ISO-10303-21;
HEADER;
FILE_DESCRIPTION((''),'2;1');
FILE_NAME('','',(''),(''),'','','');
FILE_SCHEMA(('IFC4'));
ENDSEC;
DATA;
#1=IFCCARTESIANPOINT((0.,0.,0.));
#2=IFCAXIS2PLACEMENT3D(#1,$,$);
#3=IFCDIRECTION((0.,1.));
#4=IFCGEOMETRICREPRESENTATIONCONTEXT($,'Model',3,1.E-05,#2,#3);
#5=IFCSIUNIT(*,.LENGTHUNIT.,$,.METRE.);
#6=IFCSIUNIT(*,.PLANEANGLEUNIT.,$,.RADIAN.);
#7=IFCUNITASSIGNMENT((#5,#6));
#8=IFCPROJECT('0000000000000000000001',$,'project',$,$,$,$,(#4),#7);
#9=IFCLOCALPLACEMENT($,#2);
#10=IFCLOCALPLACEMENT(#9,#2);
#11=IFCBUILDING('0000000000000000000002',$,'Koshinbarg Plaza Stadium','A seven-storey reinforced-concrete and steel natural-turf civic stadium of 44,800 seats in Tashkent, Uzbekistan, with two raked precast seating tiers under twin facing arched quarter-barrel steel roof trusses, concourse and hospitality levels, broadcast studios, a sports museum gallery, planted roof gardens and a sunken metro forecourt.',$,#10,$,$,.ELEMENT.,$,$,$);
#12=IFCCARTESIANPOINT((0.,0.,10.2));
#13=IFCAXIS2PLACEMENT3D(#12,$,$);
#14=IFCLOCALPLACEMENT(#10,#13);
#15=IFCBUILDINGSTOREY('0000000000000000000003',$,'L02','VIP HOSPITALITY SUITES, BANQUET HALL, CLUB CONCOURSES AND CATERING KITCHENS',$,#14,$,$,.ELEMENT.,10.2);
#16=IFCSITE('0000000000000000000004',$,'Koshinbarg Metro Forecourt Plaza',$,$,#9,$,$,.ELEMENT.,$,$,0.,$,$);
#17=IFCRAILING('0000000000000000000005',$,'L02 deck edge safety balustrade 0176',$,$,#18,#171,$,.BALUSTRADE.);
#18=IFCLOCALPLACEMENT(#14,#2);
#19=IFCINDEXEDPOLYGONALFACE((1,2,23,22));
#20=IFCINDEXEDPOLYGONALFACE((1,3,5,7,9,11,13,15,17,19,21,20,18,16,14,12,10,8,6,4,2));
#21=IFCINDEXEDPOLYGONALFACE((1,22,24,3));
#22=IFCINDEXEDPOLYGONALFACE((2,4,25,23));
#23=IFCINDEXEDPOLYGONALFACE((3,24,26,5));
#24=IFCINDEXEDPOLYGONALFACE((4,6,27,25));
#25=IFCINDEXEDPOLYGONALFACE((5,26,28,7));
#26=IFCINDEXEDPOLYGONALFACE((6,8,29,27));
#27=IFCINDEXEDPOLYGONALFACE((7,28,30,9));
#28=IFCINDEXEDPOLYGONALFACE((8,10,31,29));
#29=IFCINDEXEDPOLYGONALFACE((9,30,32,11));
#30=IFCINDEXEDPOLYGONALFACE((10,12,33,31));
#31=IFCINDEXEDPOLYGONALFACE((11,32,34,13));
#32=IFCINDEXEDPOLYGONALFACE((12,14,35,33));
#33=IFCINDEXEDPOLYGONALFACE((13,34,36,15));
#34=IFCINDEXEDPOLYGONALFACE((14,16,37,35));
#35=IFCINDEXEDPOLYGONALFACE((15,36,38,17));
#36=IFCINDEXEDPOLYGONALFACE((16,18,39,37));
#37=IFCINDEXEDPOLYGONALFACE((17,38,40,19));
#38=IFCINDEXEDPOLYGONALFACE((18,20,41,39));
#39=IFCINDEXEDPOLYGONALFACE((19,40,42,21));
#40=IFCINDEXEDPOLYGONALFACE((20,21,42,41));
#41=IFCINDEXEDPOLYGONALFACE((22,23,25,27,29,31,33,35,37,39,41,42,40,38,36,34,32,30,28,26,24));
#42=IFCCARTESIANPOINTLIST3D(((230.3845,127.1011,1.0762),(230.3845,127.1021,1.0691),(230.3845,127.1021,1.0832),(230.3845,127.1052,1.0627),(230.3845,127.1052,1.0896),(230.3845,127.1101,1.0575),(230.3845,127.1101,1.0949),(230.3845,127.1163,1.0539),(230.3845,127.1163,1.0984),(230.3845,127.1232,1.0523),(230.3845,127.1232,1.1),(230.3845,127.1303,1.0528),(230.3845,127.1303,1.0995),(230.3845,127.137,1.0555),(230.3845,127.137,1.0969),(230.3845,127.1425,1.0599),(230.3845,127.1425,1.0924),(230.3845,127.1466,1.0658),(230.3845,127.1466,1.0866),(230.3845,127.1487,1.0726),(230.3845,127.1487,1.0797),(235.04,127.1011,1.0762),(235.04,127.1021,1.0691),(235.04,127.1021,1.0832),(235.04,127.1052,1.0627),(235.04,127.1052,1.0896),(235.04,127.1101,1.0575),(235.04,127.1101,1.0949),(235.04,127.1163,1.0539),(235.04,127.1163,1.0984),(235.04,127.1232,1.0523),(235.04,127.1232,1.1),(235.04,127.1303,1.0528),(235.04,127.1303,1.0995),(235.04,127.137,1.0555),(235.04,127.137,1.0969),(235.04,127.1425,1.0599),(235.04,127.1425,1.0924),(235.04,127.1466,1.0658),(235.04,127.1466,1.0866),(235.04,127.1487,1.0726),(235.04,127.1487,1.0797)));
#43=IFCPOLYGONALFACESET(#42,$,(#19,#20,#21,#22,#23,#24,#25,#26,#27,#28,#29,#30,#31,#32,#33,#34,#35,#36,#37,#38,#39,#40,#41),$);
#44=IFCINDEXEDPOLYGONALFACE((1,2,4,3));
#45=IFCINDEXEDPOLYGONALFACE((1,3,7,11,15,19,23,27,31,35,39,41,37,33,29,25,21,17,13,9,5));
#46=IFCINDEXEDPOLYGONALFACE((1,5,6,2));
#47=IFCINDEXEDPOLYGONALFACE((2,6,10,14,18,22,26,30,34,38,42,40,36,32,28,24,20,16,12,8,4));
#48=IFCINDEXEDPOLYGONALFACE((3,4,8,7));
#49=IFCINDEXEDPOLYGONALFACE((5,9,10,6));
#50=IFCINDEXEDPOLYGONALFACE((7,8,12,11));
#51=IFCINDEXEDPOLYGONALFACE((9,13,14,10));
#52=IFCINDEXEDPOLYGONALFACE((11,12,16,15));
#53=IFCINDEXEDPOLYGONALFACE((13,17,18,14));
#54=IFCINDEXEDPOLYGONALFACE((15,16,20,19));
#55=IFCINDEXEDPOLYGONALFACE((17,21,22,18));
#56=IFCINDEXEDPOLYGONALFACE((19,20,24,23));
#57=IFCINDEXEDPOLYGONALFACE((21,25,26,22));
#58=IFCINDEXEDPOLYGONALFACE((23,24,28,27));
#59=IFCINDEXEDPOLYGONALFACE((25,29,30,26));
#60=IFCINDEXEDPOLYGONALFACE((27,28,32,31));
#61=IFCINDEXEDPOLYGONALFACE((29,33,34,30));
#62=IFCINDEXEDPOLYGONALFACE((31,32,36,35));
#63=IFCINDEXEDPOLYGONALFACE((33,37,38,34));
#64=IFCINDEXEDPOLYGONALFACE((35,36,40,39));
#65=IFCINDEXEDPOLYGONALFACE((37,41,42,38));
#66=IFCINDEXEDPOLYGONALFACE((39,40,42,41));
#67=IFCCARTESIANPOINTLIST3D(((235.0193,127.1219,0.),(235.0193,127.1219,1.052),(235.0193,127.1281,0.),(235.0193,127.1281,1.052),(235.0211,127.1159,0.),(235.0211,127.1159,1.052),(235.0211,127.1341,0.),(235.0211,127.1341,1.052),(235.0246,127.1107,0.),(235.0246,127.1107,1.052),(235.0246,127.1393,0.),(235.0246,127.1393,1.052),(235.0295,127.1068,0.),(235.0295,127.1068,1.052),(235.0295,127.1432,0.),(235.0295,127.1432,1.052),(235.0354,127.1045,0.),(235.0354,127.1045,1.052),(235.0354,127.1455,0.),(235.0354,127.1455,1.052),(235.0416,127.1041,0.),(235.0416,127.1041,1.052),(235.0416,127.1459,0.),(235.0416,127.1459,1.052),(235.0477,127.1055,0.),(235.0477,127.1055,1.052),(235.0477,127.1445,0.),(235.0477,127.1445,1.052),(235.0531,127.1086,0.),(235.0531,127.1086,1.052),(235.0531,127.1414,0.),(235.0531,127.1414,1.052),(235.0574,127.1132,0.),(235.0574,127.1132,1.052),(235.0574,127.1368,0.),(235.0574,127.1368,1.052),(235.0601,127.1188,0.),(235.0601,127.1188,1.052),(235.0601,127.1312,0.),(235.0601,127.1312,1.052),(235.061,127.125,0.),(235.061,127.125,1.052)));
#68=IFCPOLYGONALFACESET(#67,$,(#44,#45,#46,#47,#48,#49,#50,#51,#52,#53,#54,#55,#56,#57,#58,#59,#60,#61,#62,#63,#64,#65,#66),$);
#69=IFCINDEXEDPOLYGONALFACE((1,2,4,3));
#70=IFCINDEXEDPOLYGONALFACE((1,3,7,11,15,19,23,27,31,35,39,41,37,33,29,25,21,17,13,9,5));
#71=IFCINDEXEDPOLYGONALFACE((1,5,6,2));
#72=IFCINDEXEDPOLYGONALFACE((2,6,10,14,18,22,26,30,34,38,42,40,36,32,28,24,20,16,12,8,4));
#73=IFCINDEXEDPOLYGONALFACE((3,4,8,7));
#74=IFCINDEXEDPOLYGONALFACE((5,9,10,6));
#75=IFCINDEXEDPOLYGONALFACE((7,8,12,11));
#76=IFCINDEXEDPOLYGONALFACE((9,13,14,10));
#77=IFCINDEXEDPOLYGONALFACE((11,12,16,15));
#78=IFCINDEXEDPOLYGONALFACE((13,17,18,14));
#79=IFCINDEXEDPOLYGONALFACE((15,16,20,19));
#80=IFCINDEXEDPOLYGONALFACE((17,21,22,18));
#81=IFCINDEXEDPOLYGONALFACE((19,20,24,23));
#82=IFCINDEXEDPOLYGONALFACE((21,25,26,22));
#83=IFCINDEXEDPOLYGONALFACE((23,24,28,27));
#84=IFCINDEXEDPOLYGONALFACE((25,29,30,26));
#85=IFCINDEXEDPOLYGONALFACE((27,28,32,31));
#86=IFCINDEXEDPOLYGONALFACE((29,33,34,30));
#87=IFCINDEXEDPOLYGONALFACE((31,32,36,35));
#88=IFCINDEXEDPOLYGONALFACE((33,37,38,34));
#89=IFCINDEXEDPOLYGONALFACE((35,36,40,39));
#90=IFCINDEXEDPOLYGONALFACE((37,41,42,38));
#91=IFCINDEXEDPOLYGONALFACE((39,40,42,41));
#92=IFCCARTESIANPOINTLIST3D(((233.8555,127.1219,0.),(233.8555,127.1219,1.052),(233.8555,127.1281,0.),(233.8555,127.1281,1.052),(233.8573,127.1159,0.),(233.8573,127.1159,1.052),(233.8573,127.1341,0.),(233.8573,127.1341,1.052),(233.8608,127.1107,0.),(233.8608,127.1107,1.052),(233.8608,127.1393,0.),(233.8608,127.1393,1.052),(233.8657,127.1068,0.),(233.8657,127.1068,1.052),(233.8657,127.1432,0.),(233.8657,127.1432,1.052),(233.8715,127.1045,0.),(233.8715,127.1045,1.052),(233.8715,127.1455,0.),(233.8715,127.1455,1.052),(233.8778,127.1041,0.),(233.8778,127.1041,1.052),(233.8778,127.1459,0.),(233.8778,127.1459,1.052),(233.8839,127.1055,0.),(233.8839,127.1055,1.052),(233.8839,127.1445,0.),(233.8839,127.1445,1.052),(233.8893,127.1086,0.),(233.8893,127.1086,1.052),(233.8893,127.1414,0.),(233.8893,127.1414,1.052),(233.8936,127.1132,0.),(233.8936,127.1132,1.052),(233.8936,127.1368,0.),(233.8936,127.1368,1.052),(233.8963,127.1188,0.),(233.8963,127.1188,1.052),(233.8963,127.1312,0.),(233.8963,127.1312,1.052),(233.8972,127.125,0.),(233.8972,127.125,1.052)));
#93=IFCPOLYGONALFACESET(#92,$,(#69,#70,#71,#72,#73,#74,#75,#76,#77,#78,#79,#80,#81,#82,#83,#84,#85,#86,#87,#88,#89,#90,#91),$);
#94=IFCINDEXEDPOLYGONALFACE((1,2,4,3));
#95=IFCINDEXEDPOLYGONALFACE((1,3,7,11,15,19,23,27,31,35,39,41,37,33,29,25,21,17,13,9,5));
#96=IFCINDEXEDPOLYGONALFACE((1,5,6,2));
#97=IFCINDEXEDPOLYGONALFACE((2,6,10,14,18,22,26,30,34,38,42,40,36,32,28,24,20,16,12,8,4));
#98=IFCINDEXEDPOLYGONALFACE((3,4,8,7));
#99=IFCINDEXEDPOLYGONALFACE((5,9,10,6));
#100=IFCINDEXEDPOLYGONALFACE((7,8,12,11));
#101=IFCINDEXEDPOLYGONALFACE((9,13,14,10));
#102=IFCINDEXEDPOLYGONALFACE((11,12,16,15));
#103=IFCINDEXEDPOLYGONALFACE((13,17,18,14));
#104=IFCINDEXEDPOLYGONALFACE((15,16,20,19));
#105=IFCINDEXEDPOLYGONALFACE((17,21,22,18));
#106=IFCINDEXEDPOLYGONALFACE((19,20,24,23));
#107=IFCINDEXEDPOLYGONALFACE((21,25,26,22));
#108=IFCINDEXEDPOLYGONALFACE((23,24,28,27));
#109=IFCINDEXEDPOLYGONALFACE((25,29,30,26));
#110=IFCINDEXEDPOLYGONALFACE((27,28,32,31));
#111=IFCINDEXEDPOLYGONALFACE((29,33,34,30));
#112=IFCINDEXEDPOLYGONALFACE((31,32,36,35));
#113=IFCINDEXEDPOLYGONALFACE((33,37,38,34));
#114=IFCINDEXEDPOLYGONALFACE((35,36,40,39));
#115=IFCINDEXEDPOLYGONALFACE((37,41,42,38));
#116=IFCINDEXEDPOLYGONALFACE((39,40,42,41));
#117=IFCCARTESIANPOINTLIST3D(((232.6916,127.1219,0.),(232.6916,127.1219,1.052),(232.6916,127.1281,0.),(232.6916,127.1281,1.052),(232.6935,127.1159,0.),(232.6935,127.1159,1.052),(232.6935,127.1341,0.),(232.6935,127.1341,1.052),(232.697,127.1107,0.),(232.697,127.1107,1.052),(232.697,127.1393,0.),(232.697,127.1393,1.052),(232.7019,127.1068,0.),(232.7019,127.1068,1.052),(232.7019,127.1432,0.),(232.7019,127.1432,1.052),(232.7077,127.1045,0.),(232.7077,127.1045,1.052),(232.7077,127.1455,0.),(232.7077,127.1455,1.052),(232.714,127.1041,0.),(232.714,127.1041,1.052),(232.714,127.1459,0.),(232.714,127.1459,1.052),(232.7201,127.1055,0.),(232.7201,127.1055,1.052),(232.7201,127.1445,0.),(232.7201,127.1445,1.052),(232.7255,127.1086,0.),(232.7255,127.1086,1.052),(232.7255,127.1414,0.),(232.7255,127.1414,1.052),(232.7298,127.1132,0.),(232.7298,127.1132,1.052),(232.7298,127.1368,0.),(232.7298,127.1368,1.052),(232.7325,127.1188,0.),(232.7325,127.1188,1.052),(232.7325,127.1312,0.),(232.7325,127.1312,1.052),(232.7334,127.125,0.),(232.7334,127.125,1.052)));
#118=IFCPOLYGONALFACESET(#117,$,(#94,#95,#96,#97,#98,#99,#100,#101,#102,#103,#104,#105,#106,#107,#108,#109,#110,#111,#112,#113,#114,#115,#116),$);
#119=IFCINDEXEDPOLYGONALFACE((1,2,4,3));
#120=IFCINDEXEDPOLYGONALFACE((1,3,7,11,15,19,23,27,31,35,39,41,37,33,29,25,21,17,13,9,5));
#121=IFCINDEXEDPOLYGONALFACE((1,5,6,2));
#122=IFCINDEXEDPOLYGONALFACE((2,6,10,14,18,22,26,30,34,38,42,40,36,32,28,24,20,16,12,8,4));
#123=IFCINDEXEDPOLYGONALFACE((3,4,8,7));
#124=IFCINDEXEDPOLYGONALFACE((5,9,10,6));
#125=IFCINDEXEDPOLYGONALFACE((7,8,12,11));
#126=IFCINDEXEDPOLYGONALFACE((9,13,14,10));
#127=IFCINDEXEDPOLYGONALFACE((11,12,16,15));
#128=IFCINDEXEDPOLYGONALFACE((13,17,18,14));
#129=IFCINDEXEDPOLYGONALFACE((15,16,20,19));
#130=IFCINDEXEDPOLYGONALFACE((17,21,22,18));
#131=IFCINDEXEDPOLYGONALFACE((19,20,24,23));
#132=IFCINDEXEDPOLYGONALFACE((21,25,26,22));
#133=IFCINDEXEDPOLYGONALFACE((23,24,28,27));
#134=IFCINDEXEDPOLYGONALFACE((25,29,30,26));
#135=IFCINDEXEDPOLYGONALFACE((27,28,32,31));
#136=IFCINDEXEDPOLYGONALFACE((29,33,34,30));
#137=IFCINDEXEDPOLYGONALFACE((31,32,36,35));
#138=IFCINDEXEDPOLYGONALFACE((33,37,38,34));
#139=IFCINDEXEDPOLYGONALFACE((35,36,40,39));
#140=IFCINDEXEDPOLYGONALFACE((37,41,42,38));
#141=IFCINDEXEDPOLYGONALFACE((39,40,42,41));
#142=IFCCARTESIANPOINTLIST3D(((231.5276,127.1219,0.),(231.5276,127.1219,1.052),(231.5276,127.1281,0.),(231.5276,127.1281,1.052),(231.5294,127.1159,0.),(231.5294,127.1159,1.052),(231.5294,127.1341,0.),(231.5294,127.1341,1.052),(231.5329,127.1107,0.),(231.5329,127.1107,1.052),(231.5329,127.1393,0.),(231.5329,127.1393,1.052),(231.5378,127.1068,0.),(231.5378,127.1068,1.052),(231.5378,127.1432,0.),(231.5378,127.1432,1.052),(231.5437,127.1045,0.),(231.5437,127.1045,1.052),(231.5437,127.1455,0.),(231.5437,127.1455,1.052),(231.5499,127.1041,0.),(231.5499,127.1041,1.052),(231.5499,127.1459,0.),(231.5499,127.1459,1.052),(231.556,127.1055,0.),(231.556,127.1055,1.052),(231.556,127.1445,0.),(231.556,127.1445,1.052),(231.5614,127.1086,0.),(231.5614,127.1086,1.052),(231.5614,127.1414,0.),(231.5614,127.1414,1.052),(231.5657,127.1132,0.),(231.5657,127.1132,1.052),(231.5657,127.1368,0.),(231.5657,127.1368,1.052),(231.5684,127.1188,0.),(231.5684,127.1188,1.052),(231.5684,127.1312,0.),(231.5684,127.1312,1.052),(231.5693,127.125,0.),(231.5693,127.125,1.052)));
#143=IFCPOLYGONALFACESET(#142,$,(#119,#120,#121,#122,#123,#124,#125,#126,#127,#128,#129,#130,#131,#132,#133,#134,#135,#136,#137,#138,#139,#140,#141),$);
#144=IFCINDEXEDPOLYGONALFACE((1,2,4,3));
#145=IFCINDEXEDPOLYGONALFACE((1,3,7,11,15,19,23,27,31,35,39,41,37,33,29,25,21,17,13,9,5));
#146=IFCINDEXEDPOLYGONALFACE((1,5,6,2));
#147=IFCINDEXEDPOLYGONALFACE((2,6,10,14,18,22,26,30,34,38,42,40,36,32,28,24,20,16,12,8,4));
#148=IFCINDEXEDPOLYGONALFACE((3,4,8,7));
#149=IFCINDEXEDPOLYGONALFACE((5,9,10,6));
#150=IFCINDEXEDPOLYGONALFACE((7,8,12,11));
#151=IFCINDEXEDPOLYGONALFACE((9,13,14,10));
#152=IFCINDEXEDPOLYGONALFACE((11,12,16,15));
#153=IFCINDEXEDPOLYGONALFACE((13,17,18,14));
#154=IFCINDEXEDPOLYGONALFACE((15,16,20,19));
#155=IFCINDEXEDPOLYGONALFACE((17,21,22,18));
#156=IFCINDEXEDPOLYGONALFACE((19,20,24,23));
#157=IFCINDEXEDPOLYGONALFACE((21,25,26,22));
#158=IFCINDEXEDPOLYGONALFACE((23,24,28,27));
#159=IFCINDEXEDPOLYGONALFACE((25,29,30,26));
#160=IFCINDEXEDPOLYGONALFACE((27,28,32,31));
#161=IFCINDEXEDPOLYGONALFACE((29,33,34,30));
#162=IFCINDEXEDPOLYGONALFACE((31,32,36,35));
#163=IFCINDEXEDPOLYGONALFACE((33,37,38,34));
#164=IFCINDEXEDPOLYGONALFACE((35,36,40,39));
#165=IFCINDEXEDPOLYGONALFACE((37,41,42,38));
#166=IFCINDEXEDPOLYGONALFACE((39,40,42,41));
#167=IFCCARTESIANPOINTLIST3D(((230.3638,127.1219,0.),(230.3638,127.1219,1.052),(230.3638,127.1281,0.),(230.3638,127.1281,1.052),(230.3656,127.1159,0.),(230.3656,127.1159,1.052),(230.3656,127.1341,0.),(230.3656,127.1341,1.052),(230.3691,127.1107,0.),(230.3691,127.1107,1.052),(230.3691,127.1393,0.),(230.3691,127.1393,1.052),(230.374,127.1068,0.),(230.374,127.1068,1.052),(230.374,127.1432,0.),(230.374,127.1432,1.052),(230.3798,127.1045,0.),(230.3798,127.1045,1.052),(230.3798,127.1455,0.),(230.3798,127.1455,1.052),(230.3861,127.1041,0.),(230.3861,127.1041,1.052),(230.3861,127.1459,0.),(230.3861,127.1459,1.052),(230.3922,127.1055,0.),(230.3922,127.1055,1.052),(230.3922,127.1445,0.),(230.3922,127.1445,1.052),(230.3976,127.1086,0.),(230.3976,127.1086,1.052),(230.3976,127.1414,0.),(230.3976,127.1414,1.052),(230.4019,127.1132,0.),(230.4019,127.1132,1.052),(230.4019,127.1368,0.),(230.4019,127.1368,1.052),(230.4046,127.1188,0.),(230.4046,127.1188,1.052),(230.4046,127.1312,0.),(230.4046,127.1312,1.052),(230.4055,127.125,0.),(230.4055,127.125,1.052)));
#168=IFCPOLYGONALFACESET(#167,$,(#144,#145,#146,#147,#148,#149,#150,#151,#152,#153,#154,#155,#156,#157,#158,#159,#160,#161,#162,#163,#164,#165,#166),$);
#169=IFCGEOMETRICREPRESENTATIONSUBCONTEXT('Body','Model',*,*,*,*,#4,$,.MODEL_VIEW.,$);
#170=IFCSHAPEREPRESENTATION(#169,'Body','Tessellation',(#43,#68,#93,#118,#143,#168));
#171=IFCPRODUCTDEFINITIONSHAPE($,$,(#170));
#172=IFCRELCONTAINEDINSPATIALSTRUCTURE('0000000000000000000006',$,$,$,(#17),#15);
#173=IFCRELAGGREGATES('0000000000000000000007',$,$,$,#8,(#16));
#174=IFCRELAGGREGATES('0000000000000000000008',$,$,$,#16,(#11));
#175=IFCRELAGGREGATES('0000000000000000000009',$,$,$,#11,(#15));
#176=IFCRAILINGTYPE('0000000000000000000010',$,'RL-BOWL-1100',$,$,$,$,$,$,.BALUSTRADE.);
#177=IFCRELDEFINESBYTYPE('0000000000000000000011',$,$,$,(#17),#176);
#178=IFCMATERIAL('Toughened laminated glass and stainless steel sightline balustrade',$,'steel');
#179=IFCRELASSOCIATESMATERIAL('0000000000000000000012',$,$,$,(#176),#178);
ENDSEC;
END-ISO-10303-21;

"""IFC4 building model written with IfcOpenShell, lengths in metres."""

from ifc_helpers import new_model, si_unit, direction, frame, origin, origin_2d, place, context, subcontext, project, spatial, circle, extrude, material, type_object, element, save


model = new_model("IFC4")

# Units and contexts
model_context = context("Model", 3, precision=1e-05, world=origin(), true_north=direction((0.0, 1.0)))
body_context = subcontext(model_context, "Body", "Model", "MODEL_VIEW")
ifc_project = project(units=[si_unit("LENGTHUNIT", "METRE"), si_unit("PLANEANGLEUNIT", "RADIAN")], contexts=[model_context])

# Site, building, storey
site_placement = place(None, origin())
site = spatial("IfcSite", under=ifc_project, at=site_placement, Name="Koshinbarg Metro Forecourt Plaza", CompositionType="ELEMENT", RefElevation=0.0)
building_placement = place(site_placement, origin())
building = spatial("IfcBuilding", under=site, at=building_placement, Name="Koshinbarg Plaza Stadium", Description="A seven-storey reinforced-concrete and steel natural-turf civic stadium of 44,800 seats in Tashkent, Uzbekistan, with two raked precast seating tiers under twin facing arched quarter-barrel steel roof trusses, concourse and hospitality levels, broadcast studios, a sports museum gallery, planted roof gardens and a sunken metro forecourt.", CompositionType="ELEMENT")
storey_placement = place(building_placement, frame((0.0, 0.0, 10.2)))
storey = spatial("IfcBuildingStorey", under=building, at=storey_placement, Name="L02", Description="VIP HOSPITALITY SUITES, BANQUET HALL, CLUB CONCOURSES AND CATERING KITCHENS", CompositionType="ELEMENT", Elevation=10.2)

# Railing
ifc_material_1 = material(Name="Toughened laminated glass and stainless steel sightline balustrade", Category="steel")
railing_type_1 = type_object("IfcRailingType", Name="RL-BOWL-1100", PredefinedType="BALUSTRADE", material=ifc_material_1)
railing_1_placement = place(storey_placement, frame((235.04, 127.125, 0.0)))
element("IfcRailing", 1, at=railing_1_placement, inside=storey, type_object=railing_type_1, Name="L02 deck edge safety balustrade 0176", PredefinedType="BALUSTRADE", context=body_context, shape_type="SweptSolid", body=[
    extrude(circle(Radius=0.0239, at=origin_2d()), frame((0.0, 0.0, 1.0762), z_axis=(-1.0, 0.0, 0.0), x_axis=(0.0, -1.0, 0.0)), (0.0, 0.0, 1.0), 4.6555),
    extrude(circle(Radius=0.021, at=origin_2d()), origin(), (0.0, 0.0, 1.0), 1.052),
    extrude(circle(Radius=0.021, at=origin_2d()), frame((-1.1638, 0.0, 0.0)), (0.0, 0.0, 1.0), 1.052),
    extrude(circle(Radius=0.021, at=origin_2d()), frame((-2.3276, 0.0, 0.0)), (0.0, 0.0, 1.0), 1.052),
    extrude(circle(Radius=0.021, at=origin_2d()), frame((-3.4917, 0.0, 0.0)), (0.0, 0.0, 1.0), 1.052),
    extrude(circle(Radius=0.021, at=origin_2d()), frame((-4.6555, 0.0, 0.0)), (0.0, 0.0, 1.0), 1.052),
])

save(model, "model.ifc")
